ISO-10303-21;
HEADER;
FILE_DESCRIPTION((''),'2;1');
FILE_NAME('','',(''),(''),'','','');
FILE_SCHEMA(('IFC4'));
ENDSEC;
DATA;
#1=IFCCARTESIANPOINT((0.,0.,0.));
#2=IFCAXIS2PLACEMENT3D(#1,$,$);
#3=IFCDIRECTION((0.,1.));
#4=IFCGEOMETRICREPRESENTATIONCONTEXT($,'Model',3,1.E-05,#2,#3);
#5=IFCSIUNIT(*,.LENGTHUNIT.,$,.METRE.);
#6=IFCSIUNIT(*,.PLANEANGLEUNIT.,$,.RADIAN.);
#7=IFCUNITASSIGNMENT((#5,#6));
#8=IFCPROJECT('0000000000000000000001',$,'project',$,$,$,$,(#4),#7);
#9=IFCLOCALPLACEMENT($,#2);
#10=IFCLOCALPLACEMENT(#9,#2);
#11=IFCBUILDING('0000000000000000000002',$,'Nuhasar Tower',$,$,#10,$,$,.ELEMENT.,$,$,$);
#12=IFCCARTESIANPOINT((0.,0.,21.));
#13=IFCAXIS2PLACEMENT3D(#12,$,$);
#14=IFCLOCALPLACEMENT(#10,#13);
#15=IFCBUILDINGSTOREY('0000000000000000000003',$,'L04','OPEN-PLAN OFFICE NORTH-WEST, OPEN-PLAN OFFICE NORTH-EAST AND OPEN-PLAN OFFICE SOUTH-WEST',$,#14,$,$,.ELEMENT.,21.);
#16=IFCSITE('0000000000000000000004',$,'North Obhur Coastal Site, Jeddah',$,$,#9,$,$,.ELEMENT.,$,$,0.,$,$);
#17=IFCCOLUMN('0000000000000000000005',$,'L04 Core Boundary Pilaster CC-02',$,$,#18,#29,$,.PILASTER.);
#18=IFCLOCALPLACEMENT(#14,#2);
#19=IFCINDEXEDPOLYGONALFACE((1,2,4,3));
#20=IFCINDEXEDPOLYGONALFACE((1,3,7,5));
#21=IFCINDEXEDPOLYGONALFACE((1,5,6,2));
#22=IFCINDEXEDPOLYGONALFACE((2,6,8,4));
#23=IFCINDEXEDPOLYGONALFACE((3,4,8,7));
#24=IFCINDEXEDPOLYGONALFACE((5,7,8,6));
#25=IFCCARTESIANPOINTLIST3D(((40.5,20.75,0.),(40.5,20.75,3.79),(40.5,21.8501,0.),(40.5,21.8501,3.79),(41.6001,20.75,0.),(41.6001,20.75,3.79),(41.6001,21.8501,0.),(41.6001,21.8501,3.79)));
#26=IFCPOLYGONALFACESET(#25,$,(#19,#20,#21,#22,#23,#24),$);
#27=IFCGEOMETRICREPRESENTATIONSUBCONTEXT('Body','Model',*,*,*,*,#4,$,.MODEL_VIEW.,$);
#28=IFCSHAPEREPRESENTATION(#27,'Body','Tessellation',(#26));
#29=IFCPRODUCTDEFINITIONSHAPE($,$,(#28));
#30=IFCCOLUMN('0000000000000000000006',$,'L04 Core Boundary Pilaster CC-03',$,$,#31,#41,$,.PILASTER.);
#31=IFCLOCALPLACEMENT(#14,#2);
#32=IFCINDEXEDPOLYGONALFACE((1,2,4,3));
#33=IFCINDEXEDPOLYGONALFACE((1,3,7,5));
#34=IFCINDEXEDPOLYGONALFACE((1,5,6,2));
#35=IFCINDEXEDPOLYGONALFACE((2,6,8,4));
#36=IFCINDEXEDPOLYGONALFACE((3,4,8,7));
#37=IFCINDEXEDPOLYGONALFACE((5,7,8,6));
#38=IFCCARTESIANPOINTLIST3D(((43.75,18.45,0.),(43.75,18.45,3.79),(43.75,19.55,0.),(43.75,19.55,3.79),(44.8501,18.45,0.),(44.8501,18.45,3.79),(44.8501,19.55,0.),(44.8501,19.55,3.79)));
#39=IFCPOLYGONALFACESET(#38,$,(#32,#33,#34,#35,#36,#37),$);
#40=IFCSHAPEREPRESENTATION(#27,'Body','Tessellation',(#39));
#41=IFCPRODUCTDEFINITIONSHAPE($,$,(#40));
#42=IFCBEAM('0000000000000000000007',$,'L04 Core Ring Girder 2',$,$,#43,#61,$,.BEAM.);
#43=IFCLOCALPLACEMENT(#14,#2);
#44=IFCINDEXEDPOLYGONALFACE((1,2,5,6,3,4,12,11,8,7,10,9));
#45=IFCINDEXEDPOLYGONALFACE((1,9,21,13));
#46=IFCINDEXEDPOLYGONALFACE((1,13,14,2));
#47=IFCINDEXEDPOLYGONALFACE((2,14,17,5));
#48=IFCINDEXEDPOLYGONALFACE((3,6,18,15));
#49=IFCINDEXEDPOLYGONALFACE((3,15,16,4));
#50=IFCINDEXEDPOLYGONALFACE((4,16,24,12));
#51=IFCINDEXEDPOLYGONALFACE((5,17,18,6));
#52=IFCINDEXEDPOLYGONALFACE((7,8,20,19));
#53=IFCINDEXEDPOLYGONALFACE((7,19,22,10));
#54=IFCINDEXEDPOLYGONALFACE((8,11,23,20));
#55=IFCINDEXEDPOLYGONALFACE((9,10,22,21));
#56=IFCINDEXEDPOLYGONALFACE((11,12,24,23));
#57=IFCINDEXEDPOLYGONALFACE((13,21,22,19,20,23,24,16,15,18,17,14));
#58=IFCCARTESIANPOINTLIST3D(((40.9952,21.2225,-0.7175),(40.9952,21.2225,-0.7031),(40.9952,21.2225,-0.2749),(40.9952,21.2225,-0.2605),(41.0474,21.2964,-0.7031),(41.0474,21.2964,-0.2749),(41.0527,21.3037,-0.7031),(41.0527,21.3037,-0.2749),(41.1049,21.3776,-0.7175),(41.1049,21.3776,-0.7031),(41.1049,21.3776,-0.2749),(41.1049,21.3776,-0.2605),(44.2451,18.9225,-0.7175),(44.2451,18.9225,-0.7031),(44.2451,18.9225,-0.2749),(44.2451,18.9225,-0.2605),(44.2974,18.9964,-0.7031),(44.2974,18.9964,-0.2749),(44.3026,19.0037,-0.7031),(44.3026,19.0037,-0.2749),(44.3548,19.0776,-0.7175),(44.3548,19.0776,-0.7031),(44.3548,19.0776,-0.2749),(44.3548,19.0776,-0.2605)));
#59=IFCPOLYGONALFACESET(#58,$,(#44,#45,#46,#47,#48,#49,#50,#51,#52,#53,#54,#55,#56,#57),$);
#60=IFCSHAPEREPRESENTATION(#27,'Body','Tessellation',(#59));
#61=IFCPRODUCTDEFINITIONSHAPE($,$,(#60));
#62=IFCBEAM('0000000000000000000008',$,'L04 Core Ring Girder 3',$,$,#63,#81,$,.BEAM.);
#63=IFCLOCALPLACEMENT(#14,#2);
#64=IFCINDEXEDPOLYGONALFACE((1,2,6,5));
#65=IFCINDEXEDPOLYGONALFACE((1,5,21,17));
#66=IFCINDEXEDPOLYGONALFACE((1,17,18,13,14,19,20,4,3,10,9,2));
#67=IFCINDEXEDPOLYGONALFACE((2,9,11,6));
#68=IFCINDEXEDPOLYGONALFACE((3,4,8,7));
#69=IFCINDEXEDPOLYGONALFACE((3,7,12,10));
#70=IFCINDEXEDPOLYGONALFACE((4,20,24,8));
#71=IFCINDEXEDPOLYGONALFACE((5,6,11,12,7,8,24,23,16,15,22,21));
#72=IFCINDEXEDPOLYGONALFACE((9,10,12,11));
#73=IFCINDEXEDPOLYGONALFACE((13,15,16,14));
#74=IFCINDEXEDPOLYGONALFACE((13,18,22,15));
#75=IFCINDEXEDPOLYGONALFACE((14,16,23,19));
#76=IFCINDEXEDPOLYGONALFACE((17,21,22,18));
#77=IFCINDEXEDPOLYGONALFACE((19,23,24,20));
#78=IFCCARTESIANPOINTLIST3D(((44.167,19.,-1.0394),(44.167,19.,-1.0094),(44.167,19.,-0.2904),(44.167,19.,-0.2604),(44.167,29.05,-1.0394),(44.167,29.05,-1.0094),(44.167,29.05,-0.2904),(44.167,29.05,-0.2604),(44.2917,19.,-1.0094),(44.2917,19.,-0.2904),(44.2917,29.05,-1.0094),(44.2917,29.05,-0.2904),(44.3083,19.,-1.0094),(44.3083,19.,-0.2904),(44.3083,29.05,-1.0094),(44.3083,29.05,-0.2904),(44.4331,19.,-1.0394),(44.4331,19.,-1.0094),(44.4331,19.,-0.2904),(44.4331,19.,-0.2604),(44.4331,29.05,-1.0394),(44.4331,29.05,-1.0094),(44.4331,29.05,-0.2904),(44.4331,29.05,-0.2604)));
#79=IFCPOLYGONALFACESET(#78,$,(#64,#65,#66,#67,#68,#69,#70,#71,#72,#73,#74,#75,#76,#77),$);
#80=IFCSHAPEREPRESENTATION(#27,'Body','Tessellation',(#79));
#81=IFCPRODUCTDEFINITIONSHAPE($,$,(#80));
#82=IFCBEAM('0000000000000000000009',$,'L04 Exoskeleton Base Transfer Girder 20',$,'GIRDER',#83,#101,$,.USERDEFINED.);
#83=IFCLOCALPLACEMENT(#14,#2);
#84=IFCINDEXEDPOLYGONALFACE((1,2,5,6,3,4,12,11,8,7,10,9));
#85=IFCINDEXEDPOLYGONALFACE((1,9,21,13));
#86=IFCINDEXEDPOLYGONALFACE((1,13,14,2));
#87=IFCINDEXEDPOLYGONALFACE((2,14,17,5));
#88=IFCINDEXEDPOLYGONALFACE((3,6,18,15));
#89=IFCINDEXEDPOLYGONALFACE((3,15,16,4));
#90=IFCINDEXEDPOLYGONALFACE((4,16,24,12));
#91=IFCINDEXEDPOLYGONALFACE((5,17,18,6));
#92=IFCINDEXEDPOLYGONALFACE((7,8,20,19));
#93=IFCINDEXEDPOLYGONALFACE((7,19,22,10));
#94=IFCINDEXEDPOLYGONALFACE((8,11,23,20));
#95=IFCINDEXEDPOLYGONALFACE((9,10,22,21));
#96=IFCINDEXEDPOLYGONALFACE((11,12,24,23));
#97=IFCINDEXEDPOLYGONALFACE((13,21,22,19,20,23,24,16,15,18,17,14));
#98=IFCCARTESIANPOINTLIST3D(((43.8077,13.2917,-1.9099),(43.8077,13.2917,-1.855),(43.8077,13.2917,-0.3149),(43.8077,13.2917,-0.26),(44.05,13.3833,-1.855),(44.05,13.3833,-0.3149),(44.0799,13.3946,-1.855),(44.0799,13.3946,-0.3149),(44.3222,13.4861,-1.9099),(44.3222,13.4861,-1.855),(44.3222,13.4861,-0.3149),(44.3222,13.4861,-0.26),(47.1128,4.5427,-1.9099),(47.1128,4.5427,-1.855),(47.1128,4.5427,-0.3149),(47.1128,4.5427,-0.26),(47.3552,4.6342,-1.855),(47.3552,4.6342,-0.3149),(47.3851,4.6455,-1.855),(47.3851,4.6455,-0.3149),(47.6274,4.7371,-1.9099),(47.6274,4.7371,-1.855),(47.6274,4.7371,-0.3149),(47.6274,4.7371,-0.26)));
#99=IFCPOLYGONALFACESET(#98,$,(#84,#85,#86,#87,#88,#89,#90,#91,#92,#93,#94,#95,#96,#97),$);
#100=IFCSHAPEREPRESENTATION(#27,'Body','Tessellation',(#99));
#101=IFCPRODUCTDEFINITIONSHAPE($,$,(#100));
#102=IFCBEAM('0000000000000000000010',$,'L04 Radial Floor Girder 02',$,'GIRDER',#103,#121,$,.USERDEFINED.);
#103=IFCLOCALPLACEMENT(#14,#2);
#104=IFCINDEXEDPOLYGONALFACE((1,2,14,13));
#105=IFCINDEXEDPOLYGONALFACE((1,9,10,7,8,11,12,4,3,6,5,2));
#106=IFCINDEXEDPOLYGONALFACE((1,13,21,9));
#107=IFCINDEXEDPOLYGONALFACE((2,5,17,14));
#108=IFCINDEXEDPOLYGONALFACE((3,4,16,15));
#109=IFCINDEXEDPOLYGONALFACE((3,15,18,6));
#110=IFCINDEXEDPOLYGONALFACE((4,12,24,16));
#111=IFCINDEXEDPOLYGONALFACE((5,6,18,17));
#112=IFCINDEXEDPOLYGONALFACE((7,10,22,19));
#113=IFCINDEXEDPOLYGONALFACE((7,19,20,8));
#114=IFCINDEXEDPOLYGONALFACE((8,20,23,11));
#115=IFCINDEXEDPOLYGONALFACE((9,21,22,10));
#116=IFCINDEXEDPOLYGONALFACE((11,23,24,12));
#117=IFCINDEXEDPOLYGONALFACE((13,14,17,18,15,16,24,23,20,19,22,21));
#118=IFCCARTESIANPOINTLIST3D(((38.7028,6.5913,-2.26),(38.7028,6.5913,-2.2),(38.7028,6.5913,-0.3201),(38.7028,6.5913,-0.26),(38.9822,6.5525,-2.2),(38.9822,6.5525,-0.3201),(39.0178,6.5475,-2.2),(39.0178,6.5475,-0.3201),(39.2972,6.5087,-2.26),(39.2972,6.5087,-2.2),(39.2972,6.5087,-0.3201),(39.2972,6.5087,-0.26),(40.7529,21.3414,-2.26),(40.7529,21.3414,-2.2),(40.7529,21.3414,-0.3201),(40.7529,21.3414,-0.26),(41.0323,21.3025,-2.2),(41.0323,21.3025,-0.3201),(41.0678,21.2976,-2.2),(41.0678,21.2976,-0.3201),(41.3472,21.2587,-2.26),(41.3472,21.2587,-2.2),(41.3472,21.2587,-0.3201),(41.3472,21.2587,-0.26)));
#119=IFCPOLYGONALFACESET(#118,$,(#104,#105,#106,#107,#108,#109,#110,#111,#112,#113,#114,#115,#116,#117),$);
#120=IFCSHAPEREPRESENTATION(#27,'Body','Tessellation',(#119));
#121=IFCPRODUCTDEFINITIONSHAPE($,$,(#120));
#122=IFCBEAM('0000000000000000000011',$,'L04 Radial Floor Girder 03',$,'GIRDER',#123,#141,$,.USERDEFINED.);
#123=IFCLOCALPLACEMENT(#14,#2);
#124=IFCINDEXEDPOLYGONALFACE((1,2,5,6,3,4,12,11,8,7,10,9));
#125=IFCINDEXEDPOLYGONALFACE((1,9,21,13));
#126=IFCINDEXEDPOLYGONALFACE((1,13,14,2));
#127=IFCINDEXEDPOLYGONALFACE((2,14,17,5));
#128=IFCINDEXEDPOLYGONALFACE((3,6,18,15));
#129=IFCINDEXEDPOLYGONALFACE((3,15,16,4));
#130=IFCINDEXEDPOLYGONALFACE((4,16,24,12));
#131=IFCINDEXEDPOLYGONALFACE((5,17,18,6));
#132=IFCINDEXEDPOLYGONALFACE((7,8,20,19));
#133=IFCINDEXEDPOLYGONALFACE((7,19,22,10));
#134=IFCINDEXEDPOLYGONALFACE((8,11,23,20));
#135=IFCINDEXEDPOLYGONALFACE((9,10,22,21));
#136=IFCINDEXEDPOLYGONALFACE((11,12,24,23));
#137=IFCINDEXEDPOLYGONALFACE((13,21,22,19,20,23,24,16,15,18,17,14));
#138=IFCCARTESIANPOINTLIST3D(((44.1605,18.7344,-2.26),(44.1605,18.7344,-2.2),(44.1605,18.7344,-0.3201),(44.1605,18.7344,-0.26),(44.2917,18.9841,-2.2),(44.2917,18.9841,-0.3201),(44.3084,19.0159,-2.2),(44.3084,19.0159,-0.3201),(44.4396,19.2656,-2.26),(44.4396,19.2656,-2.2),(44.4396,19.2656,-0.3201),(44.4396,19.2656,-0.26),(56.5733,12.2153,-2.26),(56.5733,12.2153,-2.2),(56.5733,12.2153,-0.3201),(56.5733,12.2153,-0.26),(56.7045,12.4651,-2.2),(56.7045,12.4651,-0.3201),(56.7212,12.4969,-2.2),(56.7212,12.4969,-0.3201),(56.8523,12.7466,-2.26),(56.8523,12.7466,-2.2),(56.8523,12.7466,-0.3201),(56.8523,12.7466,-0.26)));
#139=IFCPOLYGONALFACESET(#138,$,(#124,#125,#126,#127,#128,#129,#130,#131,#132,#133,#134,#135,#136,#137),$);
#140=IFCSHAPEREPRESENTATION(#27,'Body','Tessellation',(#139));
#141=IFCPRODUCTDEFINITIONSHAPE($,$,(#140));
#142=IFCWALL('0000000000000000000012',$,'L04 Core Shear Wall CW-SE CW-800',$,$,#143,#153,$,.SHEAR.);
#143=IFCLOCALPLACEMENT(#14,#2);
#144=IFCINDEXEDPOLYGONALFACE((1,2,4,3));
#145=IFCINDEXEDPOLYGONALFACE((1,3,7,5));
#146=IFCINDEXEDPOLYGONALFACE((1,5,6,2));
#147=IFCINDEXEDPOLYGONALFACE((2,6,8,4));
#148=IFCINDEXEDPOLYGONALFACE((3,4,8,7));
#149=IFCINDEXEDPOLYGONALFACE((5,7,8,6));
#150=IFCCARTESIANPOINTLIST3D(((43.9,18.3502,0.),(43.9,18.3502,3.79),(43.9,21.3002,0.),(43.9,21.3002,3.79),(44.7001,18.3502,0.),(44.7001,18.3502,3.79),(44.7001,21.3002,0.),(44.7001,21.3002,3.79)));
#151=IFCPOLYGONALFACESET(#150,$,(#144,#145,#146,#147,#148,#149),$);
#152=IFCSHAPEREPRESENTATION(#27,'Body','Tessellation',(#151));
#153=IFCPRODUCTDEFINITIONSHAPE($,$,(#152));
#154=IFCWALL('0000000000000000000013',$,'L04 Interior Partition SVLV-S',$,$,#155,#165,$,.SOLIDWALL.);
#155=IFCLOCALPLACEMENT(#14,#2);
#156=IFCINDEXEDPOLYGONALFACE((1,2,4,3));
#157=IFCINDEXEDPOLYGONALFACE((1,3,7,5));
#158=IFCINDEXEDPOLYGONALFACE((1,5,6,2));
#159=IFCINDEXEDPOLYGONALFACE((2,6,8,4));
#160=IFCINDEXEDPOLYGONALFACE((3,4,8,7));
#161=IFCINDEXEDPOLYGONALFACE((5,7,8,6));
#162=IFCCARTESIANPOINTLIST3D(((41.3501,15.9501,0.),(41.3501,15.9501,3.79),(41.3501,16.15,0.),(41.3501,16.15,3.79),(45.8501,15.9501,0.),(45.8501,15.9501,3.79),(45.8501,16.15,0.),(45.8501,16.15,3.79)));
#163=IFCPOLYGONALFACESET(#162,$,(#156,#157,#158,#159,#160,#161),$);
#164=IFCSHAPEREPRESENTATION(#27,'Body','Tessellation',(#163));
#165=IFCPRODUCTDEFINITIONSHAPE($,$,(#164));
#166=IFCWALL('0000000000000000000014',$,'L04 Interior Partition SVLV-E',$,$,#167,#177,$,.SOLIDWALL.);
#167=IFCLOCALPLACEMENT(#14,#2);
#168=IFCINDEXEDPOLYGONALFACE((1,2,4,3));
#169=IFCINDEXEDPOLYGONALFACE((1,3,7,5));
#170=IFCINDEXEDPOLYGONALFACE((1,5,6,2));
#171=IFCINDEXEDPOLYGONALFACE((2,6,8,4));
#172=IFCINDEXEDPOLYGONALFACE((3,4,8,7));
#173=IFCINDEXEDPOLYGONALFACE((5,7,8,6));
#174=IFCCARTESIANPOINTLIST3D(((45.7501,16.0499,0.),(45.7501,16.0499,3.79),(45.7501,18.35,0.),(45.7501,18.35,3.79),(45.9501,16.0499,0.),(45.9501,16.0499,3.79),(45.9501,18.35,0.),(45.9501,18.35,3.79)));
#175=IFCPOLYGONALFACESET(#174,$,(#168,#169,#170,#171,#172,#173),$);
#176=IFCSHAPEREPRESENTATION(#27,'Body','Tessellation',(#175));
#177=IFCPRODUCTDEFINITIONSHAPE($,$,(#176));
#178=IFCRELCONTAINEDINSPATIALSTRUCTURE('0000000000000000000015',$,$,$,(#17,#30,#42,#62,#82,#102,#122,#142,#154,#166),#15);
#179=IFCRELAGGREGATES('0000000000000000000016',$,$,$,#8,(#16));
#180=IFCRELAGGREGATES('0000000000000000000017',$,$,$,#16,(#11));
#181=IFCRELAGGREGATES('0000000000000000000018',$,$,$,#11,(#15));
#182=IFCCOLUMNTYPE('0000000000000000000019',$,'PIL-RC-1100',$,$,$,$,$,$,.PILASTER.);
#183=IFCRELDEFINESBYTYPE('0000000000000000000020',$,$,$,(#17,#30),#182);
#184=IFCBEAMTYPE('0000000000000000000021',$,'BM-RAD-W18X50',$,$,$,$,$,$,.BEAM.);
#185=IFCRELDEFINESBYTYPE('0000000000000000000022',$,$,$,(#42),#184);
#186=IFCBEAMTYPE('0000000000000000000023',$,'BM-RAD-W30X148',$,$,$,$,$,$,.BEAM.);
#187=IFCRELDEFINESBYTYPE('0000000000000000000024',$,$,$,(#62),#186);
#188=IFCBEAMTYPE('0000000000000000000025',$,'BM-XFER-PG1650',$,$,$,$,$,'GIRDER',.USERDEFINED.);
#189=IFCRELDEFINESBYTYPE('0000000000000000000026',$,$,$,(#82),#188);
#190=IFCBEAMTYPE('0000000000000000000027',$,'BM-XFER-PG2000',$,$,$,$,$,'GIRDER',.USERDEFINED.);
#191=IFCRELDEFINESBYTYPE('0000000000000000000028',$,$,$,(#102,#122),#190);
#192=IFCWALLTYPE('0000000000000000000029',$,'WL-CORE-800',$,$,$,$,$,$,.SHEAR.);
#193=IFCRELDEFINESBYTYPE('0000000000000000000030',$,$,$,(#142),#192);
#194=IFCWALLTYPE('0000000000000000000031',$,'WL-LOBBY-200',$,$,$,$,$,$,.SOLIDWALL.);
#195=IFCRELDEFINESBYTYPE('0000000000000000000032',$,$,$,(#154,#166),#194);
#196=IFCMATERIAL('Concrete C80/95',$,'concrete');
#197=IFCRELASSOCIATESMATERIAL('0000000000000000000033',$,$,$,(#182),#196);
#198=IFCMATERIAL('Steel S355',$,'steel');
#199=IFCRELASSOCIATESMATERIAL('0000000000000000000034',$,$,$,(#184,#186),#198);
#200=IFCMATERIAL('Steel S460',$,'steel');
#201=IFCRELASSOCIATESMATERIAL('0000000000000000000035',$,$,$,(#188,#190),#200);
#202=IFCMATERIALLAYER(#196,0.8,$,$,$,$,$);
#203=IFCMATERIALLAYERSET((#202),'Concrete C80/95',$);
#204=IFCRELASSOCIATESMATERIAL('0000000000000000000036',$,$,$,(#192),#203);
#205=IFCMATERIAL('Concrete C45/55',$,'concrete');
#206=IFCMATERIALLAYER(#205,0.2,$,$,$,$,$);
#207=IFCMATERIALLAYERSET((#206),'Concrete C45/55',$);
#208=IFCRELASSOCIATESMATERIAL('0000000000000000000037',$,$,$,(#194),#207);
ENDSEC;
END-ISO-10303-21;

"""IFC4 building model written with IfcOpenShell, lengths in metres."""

from ifc_helpers import new_model, si_unit, direction, frame, frame_2d, origin, origin_2d, place, context, subcontext, project, spatial, rectangle, i_section, extrude, material, layer, layer_set, material_profile, profile_set, type_object, element, save


model = new_model("IFC4")

# Units and contexts
model_context = context("Model", 3, precision=1e-05, world=origin(), true_north=direction((0.0, 1.0)))
body_context = subcontext(model_context, "Body", "Model", "MODEL_VIEW")
ifc_project = project(units=[si_unit("LENGTHUNIT", "METRE"), si_unit("PLANEANGLEUNIT", "RADIAN")], contexts=[model_context])

# Site, building, storey
site_placement = place(None, origin())
site = spatial("IfcSite", under=ifc_project, at=site_placement, Name="North Obhur Coastal Site, Jeddah", CompositionType="ELEMENT", RefElevation=0.0)
building_placement = place(site_placement, origin())
building = spatial("IfcBuilding", under=site, at=building_placement, Name="Nuhasar Tower", CompositionType="ELEMENT")
storey_placement = place(building_placement, frame((0.0, 0.0, 21.0)))
storey = spatial("IfcBuildingStorey", under=building, at=storey_placement, Name="L04", Description="OPEN-PLAN OFFICE NORTH-WEST, OPEN-PLAN OFFICE NORTH-EAST AND OPEN-PLAN OFFICE SOUTH-WEST", CompositionType="ELEMENT", Elevation=21.0)

# Columns
ifc_material_1 = material(Name="Concrete C80/95", Category="concrete")
ifc_material_profile_1 = material_profile(ifc_material_1, rectangle(XDim=1.1001, YDim=1.1001, at=origin_2d()), Name="RC1100X1100")
ifc_profile_set_1 = profile_set([ifc_material_profile_1], Name="Concrete C80/95")
column_type = type_object("IfcColumnType", Name="PIL-RC-1100", PredefinedType="PILASTER", material=ifc_profile_set_1)
for number, where, z_axis, x_axis, name in (
    (1, (41.05, 21.3, 0.0), (0.0, 0.0, 1.0), (1.0, 0.0, 0.0), "L04 Core Boundary Pilaster CC-02"),
    (2, (44.3, 19.0, 0.0), (0.0, 0.0, 1.0), (1.0, 0.0, 0.0), "L04 Core Boundary Pilaster CC-03"),
):
    element("IfcColumn", number, at=place(storey_placement, frame(where, z_axis=z_axis, x_axis=x_axis)), inside=storey, type_object=column_type, Name=name, PredefinedType="PILASTER", context=body_context, shape_type="SweptSolid", body=[
        extrude(rectangle(XDim=1.1001, YDim=1.1001, at=origin_2d()), origin(), (0.0, 0.0, 1.0), 3.79),
    ])

# Beams
ifc_material_2 = material(Name="Steel S355", Category="steel")
ifc_material_profile_2 = material_profile(ifc_material_2, i_section(OverallWidth=0.1899, OverallDepth=0.457, WebThickness=0.009, FlangeThickness=0.0144, at=origin_2d()), Name="W18X50")
ifc_profile_set_2 = profile_set([ifc_material_profile_2], Name="Steel S355")
beam_type_1 = type_object("IfcBeamType", Name="BM-RAD-W18X50", PredefinedType="BEAM", material=ifc_profile_set_2)
beam_1_placement = place(storey_placement, frame((41.05, 21.3, -0.489), z_axis=(0.816265, -0.577677, 0.0), x_axis=(0.577677, 0.816265, 0.0)))
element("IfcBeam", 3, at=beam_1_placement, inside=storey, type_object=beam_type_1, Name="L04 Core Ring Girder 2", PredefinedType="BEAM", context=body_context, shape_type="SweptSolid", body=[
    extrude(i_section(OverallWidth=0.1899, OverallDepth=0.457, WebThickness=0.009, FlangeThickness=0.0144, at=origin_2d()), origin(), (0.0, 0.0, 1.0), 3.9814),
])
ifc_material_profile_3 = material_profile(ifc_material_2, i_section(OverallWidth=0.2661, OverallDepth=0.7791, WebThickness=0.0166, FlangeThickness=0.03, at=origin_2d()), Name="W30X148")
ifc_profile_set_3 = profile_set([ifc_material_profile_3], Name="Steel S355")
beam_type_2 = type_object("IfcBeamType", Name="BM-RAD-W30X148", PredefinedType="BEAM", material=ifc_profile_set_3)
beam_2_placement = place(storey_placement, frame((44.3, 19.0, -0.6499), z_axis=(0.0, 1.0, 0.0), x_axis=(-1.0, 0.0, 0.0)))
element("IfcBeam", 4, at=beam_2_placement, inside=storey, type_object=beam_type_2, Name="L04 Core Ring Girder 3", PredefinedType="BEAM", context=body_context, shape_type="SweptSolid", body=[
    extrude(i_section(OverallWidth=0.2661, OverallDepth=0.7791, WebThickness=0.0166, FlangeThickness=0.03, at=origin_2d()), origin(), (0.0, 0.0, 1.0), 10.05),
])
ifc_material_3 = material(Name="Steel S460", Category="steel")
ifc_material_profile_4 = material_profile(ifc_material_3, i_section(OverallWidth=0.55, OverallDepth=1.6499, WebThickness=0.032, FlangeThickness=0.0549, at=origin_2d()), Name="PG1650X550")
ifc_profile_set_4 = profile_set([ifc_material_profile_4], Name="Steel S460")
beam_type_3 = type_object("IfcBeamType", Name="BM-XFER-PG1650", ElementType="GIRDER", PredefinedType="USERDEFINED", material=ifc_profile_set_4)
beam_3_placement = place(storey_placement, frame((44.0649, 13.3889, -1.085), z_axis=(0.3534, -0.935472, 0.0), x_axis=(0.935472, 0.3534, 0.0)))
element("IfcBeam", 5, at=beam_3_placement, inside=storey, type_object=beam_type_3, Name="L04 Exoskeleton Base Transfer Girder 20", ObjectType="GIRDER", PredefinedType="USERDEFINED", context=body_context, shape_type="SweptSolid", body=[
    extrude(i_section(OverallWidth=0.55, OverallDepth=1.6499, WebThickness=0.032, FlangeThickness=0.0549, at=origin_2d()), origin(), (0.0, 0.0, 1.0), 9.3525),
])
ifc_material_profile_5 = material_profile(ifc_material_3, i_section(OverallWidth=0.6001, OverallDepth=2.0, WebThickness=0.0359, FlangeThickness=0.0601, at=origin_2d()), Name="PG2000X600")
ifc_profile_set_5 = profile_set([ifc_material_profile_5], Name="Steel S460")
beam_type_4 = type_object("IfcBeamType", Name="BM-XFER-PG2000", ElementType="GIRDER", PredefinedType="USERDEFINED", material=ifc_profile_set_5)
beam_4_placement = place(storey_placement, frame((41.05, 21.3, -1.26), z_axis=(-0.137663, -0.990479, 0.0), x_axis=(0.990479, -0.137663, 0.0)))
element("IfcBeam", 6, at=beam_4_placement, inside=storey, type_object=beam_type_4, Name="L04 Radial Floor Girder 02", ObjectType="GIRDER", PredefinedType="USERDEFINED", context=body_context, shape_type="SweptSolid", body=[
    extrude(i_section(OverallWidth=0.6001, OverallDepth=2.0, WebThickness=0.0359, FlangeThickness=0.0601, at=origin_2d()), origin(), (0.0, 0.0, 1.0), 14.8918),
])
beam_5_placement = place(storey_placement, frame((44.3, 19.0, -1.26), z_axis=(0.88533, -0.464963, 0.0), x_axis=(0.464963, 0.88533, 0.0)))
element("IfcBeam", 7, at=beam_5_placement, inside=storey, type_object=beam_type_4, Name="L04 Radial Floor Girder 03", ObjectType="GIRDER", PredefinedType="USERDEFINED", context=body_context, shape_type="SweptSolid", body=[
    extrude(i_section(OverallWidth=0.6001, OverallDepth=2.0, WebThickness=0.0359, FlangeThickness=0.0601, at=origin_2d()), origin(), (0.0, 0.0, 1.0), 14.0205),
])

# Wall
ifc_layer_1 = layer(ifc_material_1, 0.8)
ifc_layer_set_1 = layer_set([ifc_layer_1], Name="Concrete C80/95")
wall_type_1 = type_object("IfcWallType", Name="WL-CORE-800", PredefinedType="SHEAR", material=ifc_layer_set_1)
wall_1_placement = place(storey_placement, frame((44.3, 18.3501, 0.0), z_axis=(0.0, 0.0, 1.0), x_axis=(0.0, 1.0, 0.0)))
element("IfcWall", 8, at=wall_1_placement, inside=storey, type_object=wall_type_1, Name="L04 Core Shear Wall CW-SE CW-800", PredefinedType="SHEAR", context=body_context, shape_type="SweptSolid", body=[
    extrude(rectangle(XDim=2.95, YDim=0.8, at=frame_2d((1.4751, 0.0))), origin(), (0.0, 0.0, 1.0), 3.79),
])

# Shared definitions
ifc_material_4 = material(Name="Concrete C45/55", Category="concrete")
ifc_layer_2 = layer(ifc_material_4, 0.2)
ifc_layer_set_2 = layer_set([ifc_layer_2], Name="Concrete C45/55")
wall_type_2 = type_object("IfcWallType", Name="WL-LOBBY-200", PredefinedType="SOLIDWALL", material=ifc_layer_set_2)

# Walls
wall_2_placement = place(storey_placement, frame((41.3501, 16.05, 0.0), z_axis=(0.0, 0.0, 1.0), x_axis=(1.0, 0.0, 0.0)))
element("IfcWall", 9, at=wall_2_placement, inside=storey, type_object=wall_type_2, Name="L04 Interior Partition SVLV-S", PredefinedType="SOLIDWALL", context=body_context, shape_type="SweptSolid", body=[
    extrude(rectangle(XDim=4.5, YDim=0.2, at=frame_2d((2.25, 0.0))), origin(), (0.0, 0.0, 1.0), 3.79),
])
wall_3_placement = place(storey_placement, frame((45.8501, 16.05, 0.0), z_axis=(0.0, 0.0, 1.0), x_axis=(0.0, 1.0, 0.0)))
element("IfcWall", 10, at=wall_3_placement, inside=storey, type_object=wall_type_2, Name="L04 Interior Partition SVLV-E", PredefinedType="SOLIDWALL", context=body_context, shape_type="SweptSolid", body=[
    extrude(rectangle(XDim=2.3, YDim=0.2, at=frame_2d((1.1499, 0.0))), origin(), (0.0, 0.0, 1.0), 3.79),
])

save(model, "model.ifc")
